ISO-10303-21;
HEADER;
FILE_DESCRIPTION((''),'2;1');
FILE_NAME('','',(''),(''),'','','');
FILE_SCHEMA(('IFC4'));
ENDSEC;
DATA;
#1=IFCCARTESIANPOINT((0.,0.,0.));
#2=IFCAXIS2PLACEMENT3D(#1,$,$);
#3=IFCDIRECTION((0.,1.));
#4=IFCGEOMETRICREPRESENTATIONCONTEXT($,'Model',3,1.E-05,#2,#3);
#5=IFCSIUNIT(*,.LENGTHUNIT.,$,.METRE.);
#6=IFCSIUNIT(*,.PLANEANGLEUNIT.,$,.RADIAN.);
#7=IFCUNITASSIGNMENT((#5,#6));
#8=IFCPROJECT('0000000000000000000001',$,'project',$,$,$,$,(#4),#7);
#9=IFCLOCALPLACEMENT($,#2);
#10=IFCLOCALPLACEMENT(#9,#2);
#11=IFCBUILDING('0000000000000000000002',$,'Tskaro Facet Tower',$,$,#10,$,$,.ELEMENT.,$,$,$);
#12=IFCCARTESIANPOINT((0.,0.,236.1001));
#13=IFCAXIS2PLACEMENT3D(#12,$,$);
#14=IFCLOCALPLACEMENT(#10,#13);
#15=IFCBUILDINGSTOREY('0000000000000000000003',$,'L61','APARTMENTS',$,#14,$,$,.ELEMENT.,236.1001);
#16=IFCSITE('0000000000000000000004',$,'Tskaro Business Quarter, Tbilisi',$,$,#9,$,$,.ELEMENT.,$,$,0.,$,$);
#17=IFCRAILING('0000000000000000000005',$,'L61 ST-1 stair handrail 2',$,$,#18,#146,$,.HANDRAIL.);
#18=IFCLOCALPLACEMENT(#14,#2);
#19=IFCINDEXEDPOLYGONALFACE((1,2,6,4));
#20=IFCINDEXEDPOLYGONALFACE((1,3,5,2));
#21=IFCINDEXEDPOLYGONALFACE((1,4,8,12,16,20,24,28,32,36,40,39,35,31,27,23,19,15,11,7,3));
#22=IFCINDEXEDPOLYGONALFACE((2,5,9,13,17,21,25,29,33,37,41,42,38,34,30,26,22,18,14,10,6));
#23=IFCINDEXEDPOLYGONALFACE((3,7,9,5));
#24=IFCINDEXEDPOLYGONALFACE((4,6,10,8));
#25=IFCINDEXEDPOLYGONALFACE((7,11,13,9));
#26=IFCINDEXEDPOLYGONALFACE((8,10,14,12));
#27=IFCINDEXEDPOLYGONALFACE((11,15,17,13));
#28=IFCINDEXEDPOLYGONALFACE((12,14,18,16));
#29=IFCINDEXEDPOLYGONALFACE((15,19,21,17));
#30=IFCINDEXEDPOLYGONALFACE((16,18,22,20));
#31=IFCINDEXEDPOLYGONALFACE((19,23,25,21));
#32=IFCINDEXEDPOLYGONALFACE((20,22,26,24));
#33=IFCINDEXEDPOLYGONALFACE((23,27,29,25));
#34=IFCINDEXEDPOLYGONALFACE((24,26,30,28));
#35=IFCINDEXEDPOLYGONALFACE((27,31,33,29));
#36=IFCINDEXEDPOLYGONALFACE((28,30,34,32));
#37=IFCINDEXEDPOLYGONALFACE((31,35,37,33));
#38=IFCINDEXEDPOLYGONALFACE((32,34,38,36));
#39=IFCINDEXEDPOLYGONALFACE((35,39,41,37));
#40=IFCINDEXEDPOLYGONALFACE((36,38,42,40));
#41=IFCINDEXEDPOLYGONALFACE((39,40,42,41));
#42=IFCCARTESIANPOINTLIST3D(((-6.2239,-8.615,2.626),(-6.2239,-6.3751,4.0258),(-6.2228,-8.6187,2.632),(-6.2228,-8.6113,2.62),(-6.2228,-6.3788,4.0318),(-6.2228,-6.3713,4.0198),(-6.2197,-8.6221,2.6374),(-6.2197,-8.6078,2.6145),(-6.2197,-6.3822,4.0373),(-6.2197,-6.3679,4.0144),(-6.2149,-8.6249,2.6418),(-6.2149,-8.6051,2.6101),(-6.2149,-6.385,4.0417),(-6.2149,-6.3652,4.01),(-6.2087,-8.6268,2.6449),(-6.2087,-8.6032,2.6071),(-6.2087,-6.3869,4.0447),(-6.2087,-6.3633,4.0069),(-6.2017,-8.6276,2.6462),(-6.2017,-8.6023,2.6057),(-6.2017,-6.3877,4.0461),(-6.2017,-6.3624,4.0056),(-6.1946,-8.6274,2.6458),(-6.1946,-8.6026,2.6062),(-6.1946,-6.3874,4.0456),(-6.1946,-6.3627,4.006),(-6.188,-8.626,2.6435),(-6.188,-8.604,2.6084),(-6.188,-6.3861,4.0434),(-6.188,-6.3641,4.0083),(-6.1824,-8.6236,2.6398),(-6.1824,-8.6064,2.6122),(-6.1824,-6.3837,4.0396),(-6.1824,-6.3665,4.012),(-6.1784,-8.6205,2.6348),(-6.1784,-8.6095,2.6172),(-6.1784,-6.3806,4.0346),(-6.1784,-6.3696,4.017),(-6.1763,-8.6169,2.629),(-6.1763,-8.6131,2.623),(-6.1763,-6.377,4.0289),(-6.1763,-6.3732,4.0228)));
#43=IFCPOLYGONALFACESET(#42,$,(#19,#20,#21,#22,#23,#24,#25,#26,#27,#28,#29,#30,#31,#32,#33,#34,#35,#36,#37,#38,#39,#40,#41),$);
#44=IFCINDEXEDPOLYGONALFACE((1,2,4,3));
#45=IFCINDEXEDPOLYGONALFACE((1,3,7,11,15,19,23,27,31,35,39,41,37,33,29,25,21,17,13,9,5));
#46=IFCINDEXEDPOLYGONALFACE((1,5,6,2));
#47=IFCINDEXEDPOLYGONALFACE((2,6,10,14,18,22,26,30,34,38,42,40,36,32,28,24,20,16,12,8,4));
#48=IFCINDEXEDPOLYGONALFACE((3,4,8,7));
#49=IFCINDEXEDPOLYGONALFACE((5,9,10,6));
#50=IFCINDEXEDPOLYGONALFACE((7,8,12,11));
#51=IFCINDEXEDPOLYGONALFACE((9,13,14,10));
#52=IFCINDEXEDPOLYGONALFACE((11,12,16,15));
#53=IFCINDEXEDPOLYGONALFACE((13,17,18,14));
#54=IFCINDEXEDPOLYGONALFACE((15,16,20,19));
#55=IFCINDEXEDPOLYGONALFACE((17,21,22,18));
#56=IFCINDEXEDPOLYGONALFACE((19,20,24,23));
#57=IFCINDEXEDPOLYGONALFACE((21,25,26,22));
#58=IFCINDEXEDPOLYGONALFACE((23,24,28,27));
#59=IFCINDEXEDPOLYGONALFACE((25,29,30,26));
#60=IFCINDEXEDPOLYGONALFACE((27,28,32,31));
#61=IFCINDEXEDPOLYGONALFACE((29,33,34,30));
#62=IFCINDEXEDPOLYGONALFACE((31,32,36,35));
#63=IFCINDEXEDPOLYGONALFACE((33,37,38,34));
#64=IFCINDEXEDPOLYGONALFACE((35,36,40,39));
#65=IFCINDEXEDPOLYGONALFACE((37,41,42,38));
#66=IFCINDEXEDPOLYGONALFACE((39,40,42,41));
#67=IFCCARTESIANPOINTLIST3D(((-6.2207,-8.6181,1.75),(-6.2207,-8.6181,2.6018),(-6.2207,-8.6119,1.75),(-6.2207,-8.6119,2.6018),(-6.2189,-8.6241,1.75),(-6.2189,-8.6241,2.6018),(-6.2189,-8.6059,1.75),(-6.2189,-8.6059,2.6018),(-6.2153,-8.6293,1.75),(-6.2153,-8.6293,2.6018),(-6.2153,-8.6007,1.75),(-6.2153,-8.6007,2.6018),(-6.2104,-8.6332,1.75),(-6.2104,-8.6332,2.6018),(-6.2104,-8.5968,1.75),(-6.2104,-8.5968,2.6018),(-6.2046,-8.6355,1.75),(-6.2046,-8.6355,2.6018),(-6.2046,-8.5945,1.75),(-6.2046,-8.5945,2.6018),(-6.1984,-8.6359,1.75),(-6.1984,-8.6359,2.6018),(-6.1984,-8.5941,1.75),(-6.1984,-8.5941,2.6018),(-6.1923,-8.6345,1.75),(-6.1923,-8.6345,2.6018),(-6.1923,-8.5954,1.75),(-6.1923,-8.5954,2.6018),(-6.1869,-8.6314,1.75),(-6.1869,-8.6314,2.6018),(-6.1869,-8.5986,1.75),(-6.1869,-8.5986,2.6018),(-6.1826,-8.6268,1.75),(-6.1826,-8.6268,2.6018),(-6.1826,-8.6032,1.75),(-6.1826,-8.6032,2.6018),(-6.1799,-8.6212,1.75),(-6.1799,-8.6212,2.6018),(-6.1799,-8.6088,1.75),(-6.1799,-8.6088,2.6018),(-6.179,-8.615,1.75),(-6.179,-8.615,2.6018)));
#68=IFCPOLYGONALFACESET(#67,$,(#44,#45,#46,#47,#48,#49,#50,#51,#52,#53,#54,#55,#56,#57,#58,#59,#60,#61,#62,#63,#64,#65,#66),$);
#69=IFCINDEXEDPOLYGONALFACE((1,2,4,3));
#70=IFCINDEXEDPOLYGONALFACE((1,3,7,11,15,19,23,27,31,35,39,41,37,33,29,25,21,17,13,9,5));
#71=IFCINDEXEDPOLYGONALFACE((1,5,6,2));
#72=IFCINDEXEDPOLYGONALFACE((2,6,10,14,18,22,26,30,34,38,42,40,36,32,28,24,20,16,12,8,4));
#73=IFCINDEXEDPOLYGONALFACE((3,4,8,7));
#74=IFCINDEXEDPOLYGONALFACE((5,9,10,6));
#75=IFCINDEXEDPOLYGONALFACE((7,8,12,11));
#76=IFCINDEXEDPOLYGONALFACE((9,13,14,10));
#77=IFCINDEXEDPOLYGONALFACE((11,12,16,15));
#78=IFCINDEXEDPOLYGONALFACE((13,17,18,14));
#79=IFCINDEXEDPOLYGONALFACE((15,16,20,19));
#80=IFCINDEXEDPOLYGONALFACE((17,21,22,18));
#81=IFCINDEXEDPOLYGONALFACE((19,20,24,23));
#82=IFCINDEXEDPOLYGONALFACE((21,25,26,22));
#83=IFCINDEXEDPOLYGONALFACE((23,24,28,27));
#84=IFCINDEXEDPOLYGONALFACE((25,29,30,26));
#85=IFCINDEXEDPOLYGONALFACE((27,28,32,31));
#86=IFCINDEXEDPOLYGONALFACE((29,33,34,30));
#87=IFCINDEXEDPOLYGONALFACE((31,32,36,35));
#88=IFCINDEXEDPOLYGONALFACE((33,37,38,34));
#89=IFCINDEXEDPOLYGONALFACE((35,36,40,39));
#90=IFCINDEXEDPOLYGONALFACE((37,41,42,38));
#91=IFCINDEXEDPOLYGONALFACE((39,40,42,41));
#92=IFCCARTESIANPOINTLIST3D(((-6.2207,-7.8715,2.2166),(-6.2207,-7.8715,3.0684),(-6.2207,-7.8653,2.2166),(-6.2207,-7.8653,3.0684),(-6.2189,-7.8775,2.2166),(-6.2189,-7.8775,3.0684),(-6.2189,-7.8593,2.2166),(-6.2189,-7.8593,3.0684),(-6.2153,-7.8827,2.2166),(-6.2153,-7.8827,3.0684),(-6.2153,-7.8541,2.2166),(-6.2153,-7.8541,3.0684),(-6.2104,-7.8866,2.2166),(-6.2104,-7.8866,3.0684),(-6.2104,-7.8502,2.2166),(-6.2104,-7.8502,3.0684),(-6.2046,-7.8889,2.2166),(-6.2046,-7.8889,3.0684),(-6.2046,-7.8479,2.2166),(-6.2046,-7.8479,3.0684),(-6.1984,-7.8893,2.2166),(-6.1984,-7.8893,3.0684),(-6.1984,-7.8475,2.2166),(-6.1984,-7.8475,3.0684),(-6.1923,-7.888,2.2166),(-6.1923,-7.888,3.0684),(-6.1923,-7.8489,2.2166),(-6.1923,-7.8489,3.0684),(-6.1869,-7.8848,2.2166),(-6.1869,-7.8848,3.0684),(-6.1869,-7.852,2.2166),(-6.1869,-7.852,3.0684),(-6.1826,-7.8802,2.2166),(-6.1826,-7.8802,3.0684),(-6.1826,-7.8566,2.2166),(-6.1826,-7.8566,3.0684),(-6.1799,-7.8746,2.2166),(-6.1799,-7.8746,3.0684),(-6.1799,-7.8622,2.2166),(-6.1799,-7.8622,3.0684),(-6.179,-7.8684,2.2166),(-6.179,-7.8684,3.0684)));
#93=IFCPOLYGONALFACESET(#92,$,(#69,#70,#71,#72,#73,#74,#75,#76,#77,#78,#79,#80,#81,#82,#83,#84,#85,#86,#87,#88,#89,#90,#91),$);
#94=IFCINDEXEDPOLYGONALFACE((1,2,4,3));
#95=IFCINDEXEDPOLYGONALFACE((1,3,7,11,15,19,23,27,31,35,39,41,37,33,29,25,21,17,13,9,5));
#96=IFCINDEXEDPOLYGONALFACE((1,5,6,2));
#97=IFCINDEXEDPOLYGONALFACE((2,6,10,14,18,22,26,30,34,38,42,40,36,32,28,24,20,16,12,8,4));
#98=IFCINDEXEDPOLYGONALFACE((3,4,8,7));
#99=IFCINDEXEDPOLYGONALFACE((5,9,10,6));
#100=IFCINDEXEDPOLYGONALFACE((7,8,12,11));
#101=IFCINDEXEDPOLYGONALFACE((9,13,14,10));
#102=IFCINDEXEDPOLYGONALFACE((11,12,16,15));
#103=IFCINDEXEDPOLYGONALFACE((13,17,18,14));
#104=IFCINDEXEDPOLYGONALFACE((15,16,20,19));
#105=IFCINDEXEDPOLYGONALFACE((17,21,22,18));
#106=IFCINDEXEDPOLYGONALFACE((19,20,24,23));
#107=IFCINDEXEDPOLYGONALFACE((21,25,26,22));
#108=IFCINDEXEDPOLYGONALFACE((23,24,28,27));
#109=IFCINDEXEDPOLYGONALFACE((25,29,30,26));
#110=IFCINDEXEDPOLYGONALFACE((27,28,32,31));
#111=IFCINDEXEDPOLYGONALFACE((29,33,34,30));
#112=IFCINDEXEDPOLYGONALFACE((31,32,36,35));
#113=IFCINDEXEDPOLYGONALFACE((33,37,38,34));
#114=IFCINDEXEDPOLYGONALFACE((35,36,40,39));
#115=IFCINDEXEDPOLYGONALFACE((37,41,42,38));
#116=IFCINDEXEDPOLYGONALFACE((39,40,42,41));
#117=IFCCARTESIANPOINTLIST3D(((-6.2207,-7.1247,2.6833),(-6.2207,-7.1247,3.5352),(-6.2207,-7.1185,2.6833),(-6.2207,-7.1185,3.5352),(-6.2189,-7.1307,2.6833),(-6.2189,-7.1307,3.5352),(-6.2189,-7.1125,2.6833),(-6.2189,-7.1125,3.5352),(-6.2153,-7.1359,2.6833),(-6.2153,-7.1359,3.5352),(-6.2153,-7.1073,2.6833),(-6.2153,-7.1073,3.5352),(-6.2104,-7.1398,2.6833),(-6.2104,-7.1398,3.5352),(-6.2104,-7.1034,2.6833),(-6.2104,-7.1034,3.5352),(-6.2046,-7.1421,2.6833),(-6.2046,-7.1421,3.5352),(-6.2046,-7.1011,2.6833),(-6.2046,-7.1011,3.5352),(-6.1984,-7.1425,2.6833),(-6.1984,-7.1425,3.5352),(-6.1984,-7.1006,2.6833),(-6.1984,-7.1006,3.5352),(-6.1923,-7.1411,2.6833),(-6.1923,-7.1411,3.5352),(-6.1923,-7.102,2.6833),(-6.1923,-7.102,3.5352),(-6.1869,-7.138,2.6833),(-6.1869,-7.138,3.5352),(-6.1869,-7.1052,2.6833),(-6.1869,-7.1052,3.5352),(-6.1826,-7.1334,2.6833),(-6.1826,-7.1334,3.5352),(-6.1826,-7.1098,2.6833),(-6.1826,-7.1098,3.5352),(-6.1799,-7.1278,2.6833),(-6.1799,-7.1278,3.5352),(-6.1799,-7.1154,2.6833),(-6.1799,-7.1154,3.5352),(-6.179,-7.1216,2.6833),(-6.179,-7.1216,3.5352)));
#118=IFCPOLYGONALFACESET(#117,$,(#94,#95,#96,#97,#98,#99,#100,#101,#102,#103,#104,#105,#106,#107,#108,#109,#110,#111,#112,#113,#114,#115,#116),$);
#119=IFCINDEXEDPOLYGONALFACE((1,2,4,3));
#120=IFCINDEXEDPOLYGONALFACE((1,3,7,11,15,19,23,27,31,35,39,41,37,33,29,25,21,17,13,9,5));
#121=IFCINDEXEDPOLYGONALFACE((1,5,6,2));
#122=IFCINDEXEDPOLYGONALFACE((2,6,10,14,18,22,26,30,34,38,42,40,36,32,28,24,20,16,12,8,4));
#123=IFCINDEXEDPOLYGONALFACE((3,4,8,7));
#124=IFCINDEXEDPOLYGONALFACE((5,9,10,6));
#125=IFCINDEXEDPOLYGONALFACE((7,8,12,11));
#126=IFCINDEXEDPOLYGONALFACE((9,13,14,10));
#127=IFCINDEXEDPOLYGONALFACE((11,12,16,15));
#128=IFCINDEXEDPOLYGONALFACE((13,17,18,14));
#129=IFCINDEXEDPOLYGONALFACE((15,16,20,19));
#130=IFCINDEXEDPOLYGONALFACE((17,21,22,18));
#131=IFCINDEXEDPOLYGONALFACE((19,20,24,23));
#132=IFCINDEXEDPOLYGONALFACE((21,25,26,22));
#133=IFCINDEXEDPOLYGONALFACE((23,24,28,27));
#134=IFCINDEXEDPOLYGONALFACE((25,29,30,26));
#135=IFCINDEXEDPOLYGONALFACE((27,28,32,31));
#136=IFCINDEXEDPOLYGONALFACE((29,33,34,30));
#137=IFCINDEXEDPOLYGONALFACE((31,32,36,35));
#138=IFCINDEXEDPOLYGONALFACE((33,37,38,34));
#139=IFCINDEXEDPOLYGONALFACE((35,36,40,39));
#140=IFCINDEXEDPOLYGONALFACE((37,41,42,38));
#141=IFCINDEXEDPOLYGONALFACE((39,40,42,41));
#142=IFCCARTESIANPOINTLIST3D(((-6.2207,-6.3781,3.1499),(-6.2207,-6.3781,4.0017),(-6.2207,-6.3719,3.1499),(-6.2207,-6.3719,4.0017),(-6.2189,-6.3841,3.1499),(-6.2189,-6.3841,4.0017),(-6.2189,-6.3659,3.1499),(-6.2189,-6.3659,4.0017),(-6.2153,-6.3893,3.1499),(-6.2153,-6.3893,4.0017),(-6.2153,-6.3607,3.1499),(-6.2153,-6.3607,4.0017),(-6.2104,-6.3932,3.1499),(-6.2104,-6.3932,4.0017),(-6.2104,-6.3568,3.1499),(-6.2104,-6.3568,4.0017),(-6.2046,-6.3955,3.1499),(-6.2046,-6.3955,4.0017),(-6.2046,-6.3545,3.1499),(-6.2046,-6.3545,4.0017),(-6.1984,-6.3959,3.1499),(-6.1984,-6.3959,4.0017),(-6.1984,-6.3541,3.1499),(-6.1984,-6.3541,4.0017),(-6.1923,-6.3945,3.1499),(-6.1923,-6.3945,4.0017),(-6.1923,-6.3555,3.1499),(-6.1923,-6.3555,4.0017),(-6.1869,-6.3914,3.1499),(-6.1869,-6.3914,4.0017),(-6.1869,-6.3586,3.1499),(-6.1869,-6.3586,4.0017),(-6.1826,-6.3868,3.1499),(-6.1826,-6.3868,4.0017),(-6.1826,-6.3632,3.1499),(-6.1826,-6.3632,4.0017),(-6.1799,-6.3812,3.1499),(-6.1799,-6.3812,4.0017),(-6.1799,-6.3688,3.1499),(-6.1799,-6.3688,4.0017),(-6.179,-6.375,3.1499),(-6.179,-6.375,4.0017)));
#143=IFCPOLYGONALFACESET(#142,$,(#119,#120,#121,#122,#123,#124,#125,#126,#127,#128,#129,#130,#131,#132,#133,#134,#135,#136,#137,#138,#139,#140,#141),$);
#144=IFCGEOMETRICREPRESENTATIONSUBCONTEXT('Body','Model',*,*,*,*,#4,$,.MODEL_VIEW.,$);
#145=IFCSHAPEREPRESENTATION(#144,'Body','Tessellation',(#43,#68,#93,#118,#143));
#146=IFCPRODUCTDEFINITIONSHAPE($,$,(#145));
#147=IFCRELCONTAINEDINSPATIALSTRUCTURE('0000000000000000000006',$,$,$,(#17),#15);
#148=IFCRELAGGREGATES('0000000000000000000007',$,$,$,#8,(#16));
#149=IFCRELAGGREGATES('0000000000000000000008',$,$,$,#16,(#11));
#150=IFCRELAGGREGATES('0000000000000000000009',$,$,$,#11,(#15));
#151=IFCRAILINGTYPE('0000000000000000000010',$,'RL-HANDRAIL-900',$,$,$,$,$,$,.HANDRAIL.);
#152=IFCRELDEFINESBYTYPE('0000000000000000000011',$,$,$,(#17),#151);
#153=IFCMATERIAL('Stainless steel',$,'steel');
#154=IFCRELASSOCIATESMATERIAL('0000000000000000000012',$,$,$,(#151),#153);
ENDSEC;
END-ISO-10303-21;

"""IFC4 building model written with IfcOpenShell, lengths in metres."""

from ifc_helpers import new_model, si_unit, direction, frame, origin, origin_2d, place, context, subcontext, project, spatial, circle, extrude, material, type_object, element, save


model = new_model("IFC4")

# Units and contexts
model_context = context("Model", 3, precision=1e-05, world=origin(), true_north=direction((0.0, 1.0)))
body_context = subcontext(model_context, "Body", "Model", "MODEL_VIEW")
ifc_project = project(units=[si_unit("LENGTHUNIT", "METRE"), si_unit("PLANEANGLEUNIT", "RADIAN")], contexts=[model_context])

# Site, building, storey
site_placement = place(None, origin())
site = spatial("IfcSite", under=ifc_project, at=site_placement, Name="Tskaro Business Quarter, Tbilisi", CompositionType="ELEMENT", RefElevation=0.0)
building_placement = place(site_placement, origin())
building = spatial("IfcBuilding", under=site, at=building_placement, Name="Tskaro Facet Tower", CompositionType="ELEMENT")
storey_placement = place(building_placement, frame((0.0, 0.0, 236.1001)))
storey = spatial("IfcBuildingStorey", under=building, at=storey_placement, Name="L61", Description="APARTMENTS", CompositionType="ELEMENT", Elevation=236.1001)

# Shared definitions
ifc_material_1 = material(Name="Stainless steel", Category="steel")

# Railing
railing_type_1 = type_object("IfcRailingType", Name="RL-HANDRAIL-900", PredefinedType="HANDRAIL", material=ifc_material_1)
railing_1_placement = place(storey_placement, frame((-6.2, -8.615, 1.75)))
element("IfcRailing", 1, at=railing_1_placement, inside=storey, type_object=railing_type_1, Name="L61 ST-1 stair handrail 2", PredefinedType="HANDRAIL", context=body_context, shape_type="SweptSolid", body=[
    extrude(circle(Radius=0.0239, at=origin_2d()), frame((0.0, 0.0, 0.876), z_axis=(0.0, 0.848014, 0.529974), x_axis=(-1.0, 0.0, 0.0)), (0.0, 0.0, 1.0), 2.6414),
    extrude(circle(Radius=0.021, at=origin_2d()), origin(), (0.0, 0.0, 1.0), 0.8518),
    extrude(circle(Radius=0.021, at=origin_2d()), frame((0.0, 0.7466, 0.4666)), (0.0, 0.0, 1.0), 0.8518),
    extrude(circle(Radius=0.021, at=origin_2d()), frame((0.0, 1.4934, 0.9333)), (0.0, 0.0, 1.0), 0.8518),
    extrude(circle(Radius=0.021, at=origin_2d()), frame((0.0, 2.24, 1.3999)), (0.0, 0.0, 1.0), 0.8518),
])

save(model, "model.ifc")
